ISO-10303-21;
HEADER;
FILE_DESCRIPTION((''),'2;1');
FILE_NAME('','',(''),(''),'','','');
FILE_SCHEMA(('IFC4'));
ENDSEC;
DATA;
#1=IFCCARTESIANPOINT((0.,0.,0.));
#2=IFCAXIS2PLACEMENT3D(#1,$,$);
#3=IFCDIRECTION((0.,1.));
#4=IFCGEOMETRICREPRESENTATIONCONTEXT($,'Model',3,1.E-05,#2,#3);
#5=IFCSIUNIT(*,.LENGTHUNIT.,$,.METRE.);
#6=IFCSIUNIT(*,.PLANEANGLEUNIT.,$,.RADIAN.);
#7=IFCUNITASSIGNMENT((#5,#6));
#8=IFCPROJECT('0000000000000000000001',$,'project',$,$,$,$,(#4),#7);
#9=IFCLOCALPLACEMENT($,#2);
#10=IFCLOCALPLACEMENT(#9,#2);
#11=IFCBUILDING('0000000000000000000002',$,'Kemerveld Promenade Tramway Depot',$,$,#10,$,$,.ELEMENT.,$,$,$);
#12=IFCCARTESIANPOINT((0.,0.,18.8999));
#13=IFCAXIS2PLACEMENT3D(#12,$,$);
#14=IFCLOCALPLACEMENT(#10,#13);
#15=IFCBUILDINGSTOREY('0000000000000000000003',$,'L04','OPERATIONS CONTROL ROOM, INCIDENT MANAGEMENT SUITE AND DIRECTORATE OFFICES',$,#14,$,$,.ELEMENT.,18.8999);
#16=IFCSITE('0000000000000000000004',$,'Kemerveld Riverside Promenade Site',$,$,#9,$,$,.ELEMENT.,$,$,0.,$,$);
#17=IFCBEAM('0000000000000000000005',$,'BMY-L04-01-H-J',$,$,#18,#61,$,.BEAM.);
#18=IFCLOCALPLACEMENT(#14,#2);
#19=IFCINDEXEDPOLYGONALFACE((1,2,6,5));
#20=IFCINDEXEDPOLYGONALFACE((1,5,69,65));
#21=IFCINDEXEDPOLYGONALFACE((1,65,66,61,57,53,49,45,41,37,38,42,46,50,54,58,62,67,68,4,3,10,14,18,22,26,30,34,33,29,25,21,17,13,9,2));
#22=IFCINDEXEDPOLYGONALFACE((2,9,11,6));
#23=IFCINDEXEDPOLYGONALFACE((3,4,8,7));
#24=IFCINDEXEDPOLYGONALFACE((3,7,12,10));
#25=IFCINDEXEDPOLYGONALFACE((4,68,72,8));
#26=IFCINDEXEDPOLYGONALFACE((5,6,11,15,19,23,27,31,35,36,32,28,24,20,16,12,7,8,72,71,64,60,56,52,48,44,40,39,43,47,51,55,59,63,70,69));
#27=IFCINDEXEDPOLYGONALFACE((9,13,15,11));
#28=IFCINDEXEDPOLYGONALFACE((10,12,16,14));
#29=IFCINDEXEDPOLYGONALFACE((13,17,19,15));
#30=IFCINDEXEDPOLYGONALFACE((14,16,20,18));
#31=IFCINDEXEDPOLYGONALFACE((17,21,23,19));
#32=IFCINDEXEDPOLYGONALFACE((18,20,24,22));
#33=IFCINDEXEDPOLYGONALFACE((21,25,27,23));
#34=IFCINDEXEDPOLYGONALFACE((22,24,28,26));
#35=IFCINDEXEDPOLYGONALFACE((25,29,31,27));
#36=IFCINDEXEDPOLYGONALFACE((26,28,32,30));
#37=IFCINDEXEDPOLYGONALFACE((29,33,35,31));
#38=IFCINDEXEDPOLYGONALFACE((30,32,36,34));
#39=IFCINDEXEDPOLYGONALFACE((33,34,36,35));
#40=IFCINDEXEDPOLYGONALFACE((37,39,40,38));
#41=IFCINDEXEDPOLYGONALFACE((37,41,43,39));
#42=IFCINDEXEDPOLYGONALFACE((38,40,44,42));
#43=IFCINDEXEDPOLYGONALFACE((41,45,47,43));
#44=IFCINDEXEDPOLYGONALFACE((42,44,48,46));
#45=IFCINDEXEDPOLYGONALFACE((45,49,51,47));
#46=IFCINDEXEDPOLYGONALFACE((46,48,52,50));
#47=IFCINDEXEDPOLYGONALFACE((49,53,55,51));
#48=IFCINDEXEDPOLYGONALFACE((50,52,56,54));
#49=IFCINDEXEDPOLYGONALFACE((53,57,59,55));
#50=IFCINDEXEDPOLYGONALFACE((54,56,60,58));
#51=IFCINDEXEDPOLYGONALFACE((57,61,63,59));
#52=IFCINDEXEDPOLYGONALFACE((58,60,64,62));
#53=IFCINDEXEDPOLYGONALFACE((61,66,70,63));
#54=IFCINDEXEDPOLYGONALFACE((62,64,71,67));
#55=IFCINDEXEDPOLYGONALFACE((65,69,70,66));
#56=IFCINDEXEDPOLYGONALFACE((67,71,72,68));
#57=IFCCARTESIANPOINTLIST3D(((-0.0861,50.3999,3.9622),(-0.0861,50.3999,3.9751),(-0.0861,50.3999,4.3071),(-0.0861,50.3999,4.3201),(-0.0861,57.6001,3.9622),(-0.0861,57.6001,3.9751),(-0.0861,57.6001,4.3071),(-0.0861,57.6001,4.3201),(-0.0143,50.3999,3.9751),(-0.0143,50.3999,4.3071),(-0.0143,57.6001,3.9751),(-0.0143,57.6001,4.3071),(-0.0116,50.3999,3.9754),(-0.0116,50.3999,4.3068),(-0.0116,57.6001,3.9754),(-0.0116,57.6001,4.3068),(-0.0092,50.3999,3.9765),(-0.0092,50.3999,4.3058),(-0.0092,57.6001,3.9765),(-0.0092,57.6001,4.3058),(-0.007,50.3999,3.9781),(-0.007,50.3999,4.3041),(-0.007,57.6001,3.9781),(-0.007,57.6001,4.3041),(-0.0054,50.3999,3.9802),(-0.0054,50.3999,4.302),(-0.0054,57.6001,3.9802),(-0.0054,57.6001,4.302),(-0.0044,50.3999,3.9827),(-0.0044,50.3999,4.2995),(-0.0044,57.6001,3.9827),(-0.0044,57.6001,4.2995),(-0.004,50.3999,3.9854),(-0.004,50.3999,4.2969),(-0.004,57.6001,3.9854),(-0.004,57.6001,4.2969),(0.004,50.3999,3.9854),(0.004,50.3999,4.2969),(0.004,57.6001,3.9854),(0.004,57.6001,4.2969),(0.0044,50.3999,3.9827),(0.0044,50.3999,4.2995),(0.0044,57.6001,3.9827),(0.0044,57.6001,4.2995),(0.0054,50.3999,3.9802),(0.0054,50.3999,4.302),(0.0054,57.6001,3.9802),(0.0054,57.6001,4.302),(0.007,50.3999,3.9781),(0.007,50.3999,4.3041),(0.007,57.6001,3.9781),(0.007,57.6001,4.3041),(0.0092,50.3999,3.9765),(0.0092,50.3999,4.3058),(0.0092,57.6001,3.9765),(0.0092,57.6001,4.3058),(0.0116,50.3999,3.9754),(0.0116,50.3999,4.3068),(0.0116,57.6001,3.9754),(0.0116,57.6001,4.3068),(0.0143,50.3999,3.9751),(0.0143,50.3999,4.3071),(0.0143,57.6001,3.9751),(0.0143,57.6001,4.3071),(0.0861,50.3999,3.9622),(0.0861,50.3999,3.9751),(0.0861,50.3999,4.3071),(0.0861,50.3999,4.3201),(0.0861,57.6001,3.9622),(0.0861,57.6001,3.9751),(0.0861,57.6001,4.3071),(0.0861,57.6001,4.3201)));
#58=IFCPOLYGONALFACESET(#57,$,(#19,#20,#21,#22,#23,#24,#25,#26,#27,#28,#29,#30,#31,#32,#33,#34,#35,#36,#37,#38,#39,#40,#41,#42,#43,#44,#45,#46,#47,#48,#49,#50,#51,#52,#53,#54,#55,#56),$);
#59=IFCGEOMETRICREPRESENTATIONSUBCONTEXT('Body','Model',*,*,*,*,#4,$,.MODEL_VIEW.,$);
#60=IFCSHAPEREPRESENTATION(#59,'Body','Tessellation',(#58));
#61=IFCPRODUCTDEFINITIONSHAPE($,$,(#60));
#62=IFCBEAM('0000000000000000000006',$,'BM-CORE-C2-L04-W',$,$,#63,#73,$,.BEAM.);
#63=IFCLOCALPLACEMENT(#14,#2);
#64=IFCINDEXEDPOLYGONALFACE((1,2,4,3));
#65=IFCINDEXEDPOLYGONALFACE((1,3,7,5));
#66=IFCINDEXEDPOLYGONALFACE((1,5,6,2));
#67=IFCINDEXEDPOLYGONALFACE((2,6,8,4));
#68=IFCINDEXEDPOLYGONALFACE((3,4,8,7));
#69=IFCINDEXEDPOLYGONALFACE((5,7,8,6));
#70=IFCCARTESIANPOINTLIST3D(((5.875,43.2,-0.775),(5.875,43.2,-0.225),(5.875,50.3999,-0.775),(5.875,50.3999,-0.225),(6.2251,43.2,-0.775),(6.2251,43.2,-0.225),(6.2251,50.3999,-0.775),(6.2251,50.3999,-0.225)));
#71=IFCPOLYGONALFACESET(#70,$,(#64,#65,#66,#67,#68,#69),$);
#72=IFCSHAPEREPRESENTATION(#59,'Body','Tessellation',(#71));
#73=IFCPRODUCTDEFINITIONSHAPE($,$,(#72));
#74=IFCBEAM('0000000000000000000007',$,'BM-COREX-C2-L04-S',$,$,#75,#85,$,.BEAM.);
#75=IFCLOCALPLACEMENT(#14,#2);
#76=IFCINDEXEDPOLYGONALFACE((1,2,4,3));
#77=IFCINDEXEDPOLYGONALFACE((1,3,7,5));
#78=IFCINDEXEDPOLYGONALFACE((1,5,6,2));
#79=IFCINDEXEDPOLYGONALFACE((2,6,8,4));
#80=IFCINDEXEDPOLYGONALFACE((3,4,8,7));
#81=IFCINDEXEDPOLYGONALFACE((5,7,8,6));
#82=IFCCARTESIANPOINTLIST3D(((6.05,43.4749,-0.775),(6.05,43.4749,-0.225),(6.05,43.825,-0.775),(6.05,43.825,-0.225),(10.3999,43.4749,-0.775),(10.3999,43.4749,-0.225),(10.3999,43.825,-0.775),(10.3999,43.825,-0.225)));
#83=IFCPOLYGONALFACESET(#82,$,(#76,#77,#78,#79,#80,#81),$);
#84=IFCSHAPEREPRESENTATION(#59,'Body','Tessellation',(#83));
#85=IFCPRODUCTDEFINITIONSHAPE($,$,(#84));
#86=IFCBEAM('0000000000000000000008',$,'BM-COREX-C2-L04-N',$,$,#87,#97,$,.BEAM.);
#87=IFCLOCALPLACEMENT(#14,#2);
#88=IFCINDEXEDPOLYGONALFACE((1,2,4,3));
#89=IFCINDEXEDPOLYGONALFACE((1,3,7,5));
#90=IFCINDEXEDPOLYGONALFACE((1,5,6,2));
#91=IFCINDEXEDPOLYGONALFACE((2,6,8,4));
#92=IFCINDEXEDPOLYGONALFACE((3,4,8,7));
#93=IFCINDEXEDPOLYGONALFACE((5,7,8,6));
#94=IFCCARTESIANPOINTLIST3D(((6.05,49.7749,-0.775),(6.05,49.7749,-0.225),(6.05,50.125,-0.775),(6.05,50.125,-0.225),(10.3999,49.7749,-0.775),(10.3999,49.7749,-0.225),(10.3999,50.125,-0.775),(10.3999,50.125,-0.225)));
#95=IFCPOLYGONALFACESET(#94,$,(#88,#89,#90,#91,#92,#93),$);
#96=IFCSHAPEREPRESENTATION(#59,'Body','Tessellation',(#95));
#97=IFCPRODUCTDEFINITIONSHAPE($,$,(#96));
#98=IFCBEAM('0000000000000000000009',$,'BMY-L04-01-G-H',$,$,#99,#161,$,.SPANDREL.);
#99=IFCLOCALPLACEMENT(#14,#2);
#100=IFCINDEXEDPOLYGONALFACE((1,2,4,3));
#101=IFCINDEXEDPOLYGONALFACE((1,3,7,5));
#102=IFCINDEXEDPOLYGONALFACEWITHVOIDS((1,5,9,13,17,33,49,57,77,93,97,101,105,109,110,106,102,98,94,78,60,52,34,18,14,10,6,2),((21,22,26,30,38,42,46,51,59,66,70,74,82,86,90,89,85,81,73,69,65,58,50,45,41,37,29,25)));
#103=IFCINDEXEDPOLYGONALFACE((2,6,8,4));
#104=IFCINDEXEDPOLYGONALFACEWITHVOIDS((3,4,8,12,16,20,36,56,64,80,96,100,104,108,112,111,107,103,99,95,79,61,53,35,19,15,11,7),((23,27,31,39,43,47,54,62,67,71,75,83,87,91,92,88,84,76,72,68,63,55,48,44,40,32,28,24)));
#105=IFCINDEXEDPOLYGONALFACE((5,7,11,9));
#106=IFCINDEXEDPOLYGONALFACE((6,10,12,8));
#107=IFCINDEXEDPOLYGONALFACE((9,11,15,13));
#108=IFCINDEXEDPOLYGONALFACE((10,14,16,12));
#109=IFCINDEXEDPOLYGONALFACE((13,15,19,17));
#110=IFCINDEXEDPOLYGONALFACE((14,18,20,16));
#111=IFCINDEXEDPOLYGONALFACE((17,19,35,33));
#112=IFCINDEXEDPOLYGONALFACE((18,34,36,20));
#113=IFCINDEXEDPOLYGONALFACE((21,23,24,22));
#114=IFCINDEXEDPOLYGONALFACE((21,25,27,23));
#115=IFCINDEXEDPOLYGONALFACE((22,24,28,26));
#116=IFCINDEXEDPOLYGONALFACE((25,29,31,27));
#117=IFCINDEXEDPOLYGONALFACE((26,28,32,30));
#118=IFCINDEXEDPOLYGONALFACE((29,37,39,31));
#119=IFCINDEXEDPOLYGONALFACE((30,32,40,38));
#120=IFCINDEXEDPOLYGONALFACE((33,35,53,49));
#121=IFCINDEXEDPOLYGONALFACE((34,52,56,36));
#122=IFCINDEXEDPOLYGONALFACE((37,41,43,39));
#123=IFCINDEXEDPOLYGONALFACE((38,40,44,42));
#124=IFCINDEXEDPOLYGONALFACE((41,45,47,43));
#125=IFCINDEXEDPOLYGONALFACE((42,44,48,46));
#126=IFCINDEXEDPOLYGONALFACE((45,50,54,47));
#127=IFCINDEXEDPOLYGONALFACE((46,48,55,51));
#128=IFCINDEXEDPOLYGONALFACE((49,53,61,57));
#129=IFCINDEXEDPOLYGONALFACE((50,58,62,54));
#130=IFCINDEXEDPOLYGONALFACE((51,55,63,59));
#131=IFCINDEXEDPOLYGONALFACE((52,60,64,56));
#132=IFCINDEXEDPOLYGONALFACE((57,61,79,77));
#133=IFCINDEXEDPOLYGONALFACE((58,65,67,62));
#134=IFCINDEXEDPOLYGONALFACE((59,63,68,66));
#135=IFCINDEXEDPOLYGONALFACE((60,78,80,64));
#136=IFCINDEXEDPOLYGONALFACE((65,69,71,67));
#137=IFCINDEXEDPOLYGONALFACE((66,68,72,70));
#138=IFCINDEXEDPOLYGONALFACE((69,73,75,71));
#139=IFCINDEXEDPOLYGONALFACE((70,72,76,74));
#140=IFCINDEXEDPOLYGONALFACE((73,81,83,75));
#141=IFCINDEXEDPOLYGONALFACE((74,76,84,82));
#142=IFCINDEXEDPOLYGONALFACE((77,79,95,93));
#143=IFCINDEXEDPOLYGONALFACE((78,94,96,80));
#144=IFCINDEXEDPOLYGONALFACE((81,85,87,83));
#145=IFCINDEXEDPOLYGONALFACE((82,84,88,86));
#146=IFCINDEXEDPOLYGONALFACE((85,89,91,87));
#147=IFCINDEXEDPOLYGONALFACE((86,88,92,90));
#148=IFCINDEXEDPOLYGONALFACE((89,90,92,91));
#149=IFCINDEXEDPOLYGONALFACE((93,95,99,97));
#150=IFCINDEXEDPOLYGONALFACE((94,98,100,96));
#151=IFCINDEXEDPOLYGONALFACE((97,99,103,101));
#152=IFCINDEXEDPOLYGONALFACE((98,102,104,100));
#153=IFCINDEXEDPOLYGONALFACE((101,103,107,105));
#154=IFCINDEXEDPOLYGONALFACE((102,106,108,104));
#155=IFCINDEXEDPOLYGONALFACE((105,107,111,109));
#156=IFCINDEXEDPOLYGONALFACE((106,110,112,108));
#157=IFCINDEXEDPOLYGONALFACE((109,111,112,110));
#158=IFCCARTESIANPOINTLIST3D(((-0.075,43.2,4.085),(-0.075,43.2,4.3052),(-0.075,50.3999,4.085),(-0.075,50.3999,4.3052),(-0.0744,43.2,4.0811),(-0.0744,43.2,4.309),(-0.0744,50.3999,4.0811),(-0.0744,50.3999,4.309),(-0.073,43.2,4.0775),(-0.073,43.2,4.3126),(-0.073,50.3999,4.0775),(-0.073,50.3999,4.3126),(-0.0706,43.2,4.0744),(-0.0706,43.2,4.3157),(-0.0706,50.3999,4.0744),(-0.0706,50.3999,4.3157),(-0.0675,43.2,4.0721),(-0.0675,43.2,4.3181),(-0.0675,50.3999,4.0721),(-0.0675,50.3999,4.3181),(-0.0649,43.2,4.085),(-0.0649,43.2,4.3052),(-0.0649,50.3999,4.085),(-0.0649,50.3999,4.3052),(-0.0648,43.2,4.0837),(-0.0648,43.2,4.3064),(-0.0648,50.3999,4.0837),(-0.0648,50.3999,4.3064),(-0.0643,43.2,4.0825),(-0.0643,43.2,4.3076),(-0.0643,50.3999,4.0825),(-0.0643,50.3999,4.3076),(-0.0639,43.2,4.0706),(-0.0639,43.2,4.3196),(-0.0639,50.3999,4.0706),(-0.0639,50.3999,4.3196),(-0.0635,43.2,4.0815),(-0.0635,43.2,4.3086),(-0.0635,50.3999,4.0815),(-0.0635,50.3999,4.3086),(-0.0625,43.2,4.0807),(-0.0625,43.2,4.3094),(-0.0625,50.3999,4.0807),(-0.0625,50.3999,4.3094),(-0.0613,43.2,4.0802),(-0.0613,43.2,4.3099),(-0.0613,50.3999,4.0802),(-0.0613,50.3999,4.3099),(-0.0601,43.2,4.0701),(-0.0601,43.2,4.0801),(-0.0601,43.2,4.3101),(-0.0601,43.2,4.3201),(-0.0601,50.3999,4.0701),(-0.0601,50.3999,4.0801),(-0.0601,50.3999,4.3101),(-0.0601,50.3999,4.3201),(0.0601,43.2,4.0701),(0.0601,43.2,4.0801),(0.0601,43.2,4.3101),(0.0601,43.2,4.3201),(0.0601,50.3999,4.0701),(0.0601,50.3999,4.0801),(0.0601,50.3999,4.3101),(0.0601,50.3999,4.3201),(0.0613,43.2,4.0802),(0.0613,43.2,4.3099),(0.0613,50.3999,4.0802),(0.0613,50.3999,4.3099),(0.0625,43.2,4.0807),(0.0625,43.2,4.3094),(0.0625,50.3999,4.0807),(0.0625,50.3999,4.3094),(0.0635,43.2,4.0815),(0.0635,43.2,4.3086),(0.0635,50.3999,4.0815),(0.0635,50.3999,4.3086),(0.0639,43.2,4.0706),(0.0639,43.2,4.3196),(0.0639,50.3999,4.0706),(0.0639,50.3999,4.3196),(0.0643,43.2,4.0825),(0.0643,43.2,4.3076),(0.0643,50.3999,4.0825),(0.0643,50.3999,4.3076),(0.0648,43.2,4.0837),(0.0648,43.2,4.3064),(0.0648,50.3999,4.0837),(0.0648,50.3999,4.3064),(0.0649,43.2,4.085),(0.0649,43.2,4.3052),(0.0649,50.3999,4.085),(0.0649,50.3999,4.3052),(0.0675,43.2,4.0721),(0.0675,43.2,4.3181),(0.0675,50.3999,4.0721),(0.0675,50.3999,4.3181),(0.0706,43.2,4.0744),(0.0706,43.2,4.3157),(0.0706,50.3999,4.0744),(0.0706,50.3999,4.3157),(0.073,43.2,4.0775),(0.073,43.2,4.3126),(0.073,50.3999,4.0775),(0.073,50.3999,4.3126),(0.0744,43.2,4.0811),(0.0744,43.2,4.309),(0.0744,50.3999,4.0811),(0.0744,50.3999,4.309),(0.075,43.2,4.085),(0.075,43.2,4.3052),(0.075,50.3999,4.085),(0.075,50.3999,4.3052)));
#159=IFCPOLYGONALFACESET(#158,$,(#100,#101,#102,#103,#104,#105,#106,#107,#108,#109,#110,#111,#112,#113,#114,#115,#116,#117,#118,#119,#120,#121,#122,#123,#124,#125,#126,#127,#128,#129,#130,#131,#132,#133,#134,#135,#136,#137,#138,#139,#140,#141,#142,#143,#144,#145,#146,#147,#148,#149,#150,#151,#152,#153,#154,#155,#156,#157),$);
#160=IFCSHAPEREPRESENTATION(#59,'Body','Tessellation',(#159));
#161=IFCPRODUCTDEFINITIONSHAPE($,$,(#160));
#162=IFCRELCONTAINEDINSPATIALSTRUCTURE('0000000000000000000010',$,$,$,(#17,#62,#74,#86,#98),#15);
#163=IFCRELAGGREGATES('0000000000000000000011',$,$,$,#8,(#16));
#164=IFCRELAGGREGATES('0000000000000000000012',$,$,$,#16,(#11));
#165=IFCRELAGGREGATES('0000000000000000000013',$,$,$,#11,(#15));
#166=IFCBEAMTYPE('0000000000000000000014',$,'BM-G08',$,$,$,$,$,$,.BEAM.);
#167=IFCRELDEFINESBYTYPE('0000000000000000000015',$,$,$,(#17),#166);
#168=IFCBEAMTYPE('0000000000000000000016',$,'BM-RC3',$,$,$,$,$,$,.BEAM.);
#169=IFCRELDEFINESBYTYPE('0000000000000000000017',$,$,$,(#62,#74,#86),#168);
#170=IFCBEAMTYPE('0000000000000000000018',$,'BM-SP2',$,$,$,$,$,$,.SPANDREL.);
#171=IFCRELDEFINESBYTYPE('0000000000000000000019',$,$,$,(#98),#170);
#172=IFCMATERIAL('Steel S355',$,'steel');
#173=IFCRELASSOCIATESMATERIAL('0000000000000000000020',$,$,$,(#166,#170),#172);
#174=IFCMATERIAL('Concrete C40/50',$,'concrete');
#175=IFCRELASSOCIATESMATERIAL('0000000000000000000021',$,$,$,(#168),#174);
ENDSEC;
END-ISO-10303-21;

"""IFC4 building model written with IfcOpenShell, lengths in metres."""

from ifc_helpers import new_model, si_unit, direction, frame, origin, origin_2d, place, context, subcontext, project, spatial, rectangle, hollow_rectangle, i_section, extrude, material, material_profile, profile_set, type_object, element, save


model = new_model("IFC4")

# Units and contexts
model_context = context("Model", 3, precision=1e-05, world=origin(), true_north=direction((0.0, 1.0)))
body_context = subcontext(model_context, "Body", "Model", "MODEL_VIEW")
ifc_project = project(units=[si_unit("LENGTHUNIT", "METRE"), si_unit("PLANEANGLEUNIT", "RADIAN")], contexts=[model_context])

# Site, building, storey
site_placement = place(None, origin())
site = spatial("IfcSite", under=ifc_project, at=site_placement, Name="Kemerveld Riverside Promenade Site", CompositionType="ELEMENT", RefElevation=0.0)
building_placement = place(site_placement, origin())
building = spatial("IfcBuilding", under=site, at=building_placement, Name="Kemerveld Promenade Tramway Depot", CompositionType="ELEMENT")
storey_placement = place(building_placement, frame((0.0, 0.0, 18.8999)))
storey = spatial("IfcBuildingStorey", under=building, at=storey_placement, Name="L04", Description="OPERATIONS CONTROL ROOM, INCIDENT MANAGEMENT SUITE AND DIRECTORATE OFFICES", CompositionType="ELEMENT", Elevation=18.8999)

# Shared definitions
ifc_material_1 = material(Name="Steel S355", Category="steel")

# Beams
ifc_material_profile_1 = material_profile(ifc_material_1, i_section(OverallWidth=0.1721, OverallDepth=0.3579, WebThickness=0.0081, FlangeThickness=0.0129, FilletRadius=0.0103, at=origin_2d()), Name="356x171x57 UB")
ifc_profile_set_1 = profile_set([ifc_material_profile_1], Name="Steel S355")
beam_type_1 = type_object("IfcBeamType", Name="BM-G08", PredefinedType="BEAM", material=ifc_profile_set_1)
beam_1_placement = place(storey_placement, frame((0.0, 50.3999, 4.1411), z_axis=(0.0, 1.0, 0.0), x_axis=(-1.0, 0.0, 0.0)))
element("IfcBeam", 1, at=beam_1_placement, inside=storey, type_object=beam_type_1, Name="BMY-L04-01-H-J", PredefinedType="BEAM", context=body_context, shape_type="SweptSolid", body=[
    extrude(i_section(OverallWidth=0.1721, OverallDepth=0.3579, WebThickness=0.0081, FlangeThickness=0.0129, FilletRadius=0.0103, at=origin_2d()), origin(), (0.0, 0.0, 1.0), 7.2002),
])
ifc_material_2 = material(Name="Concrete C40/50", Category="concrete")
ifc_material_profile_2 = material_profile(ifc_material_2, rectangle(XDim=0.3501, YDim=0.55, at=origin_2d()), Name="RC-BM-350x550")
ifc_profile_set_2 = profile_set([ifc_material_profile_2], Name="Concrete C40/50")
beam_type_2 = type_object("IfcBeamType", Name="BM-RC3", PredefinedType="BEAM", material=ifc_profile_set_2)
beam_2_placement = place(storey_placement, frame((6.05, 43.2, -0.5), z_axis=(0.0, 1.0, 0.0), x_axis=(-1.0, 0.0, 0.0)))
element("IfcBeam", 2, at=beam_2_placement, inside=storey, type_object=beam_type_2, Name="BM-CORE-C2-L04-W", PredefinedType="BEAM", context=body_context, shape_type="SweptSolid", body=[
    extrude(rectangle(XDim=0.3501, YDim=0.55, at=origin_2d()), origin(), (0.0, 0.0, 1.0), 7.2),
])
for number, where, z_axis, x_axis, name in (
    (3, (6.05, 43.6499, -0.5), (1.0, 0.0, 0.0), (0.0, 1.0, 0.0), "BM-COREX-C2-L04-S"),
    (4, (6.05, 49.95, -0.5), (1.0, 0.0, 0.0), (0.0, 1.0, 0.0), "BM-COREX-C2-L04-N"),
):
    element("IfcBeam", number, at=place(storey_placement, frame(where, z_axis=z_axis, x_axis=x_axis)), inside=storey, type_object=beam_type_2, Name=name, PredefinedType="BEAM", context=body_context, shape_type="SweptSolid", body=[
        extrude(rectangle(XDim=0.3501, YDim=0.55, at=origin_2d()), origin(), (0.0, 0.0, 1.0), 4.3499),
    ])
ifc_material_profile_3 = material_profile(ifc_material_1, hollow_rectangle(XDim=0.1499, YDim=0.25, WallThickness=0.01, InnerFilletRadius=0.0049, OuterFilletRadius=0.0149, at=origin_2d()), Name="250x150x10.0 RHS")
ifc_profile_set_3 = profile_set([ifc_material_profile_3], Name="Steel S355")
beam_type_3 = type_object("IfcBeamType", Name="BM-SP2", PredefinedType="SPANDREL", material=ifc_profile_set_3)
beam_3_placement = place(storey_placement, frame((0.0, 43.2, 4.1951), z_axis=(0.0, 1.0, 0.0), x_axis=(-1.0, 0.0, 0.0)))
element("IfcBeam", 5, at=beam_3_placement, inside=storey, type_object=beam_type_3, Name="BMY-L04-01-G-H", PredefinedType="SPANDREL", context=body_context, shape_type="SweptSolid", body=[
    extrude(hollow_rectangle(XDim=0.1499, YDim=0.25, WallThickness=0.01, InnerFilletRadius=0.0049, OuterFilletRadius=0.0149, at=origin_2d()), origin(), (0.0, 0.0, 1.0), 7.2),
])

save(model, "model.ifc")
